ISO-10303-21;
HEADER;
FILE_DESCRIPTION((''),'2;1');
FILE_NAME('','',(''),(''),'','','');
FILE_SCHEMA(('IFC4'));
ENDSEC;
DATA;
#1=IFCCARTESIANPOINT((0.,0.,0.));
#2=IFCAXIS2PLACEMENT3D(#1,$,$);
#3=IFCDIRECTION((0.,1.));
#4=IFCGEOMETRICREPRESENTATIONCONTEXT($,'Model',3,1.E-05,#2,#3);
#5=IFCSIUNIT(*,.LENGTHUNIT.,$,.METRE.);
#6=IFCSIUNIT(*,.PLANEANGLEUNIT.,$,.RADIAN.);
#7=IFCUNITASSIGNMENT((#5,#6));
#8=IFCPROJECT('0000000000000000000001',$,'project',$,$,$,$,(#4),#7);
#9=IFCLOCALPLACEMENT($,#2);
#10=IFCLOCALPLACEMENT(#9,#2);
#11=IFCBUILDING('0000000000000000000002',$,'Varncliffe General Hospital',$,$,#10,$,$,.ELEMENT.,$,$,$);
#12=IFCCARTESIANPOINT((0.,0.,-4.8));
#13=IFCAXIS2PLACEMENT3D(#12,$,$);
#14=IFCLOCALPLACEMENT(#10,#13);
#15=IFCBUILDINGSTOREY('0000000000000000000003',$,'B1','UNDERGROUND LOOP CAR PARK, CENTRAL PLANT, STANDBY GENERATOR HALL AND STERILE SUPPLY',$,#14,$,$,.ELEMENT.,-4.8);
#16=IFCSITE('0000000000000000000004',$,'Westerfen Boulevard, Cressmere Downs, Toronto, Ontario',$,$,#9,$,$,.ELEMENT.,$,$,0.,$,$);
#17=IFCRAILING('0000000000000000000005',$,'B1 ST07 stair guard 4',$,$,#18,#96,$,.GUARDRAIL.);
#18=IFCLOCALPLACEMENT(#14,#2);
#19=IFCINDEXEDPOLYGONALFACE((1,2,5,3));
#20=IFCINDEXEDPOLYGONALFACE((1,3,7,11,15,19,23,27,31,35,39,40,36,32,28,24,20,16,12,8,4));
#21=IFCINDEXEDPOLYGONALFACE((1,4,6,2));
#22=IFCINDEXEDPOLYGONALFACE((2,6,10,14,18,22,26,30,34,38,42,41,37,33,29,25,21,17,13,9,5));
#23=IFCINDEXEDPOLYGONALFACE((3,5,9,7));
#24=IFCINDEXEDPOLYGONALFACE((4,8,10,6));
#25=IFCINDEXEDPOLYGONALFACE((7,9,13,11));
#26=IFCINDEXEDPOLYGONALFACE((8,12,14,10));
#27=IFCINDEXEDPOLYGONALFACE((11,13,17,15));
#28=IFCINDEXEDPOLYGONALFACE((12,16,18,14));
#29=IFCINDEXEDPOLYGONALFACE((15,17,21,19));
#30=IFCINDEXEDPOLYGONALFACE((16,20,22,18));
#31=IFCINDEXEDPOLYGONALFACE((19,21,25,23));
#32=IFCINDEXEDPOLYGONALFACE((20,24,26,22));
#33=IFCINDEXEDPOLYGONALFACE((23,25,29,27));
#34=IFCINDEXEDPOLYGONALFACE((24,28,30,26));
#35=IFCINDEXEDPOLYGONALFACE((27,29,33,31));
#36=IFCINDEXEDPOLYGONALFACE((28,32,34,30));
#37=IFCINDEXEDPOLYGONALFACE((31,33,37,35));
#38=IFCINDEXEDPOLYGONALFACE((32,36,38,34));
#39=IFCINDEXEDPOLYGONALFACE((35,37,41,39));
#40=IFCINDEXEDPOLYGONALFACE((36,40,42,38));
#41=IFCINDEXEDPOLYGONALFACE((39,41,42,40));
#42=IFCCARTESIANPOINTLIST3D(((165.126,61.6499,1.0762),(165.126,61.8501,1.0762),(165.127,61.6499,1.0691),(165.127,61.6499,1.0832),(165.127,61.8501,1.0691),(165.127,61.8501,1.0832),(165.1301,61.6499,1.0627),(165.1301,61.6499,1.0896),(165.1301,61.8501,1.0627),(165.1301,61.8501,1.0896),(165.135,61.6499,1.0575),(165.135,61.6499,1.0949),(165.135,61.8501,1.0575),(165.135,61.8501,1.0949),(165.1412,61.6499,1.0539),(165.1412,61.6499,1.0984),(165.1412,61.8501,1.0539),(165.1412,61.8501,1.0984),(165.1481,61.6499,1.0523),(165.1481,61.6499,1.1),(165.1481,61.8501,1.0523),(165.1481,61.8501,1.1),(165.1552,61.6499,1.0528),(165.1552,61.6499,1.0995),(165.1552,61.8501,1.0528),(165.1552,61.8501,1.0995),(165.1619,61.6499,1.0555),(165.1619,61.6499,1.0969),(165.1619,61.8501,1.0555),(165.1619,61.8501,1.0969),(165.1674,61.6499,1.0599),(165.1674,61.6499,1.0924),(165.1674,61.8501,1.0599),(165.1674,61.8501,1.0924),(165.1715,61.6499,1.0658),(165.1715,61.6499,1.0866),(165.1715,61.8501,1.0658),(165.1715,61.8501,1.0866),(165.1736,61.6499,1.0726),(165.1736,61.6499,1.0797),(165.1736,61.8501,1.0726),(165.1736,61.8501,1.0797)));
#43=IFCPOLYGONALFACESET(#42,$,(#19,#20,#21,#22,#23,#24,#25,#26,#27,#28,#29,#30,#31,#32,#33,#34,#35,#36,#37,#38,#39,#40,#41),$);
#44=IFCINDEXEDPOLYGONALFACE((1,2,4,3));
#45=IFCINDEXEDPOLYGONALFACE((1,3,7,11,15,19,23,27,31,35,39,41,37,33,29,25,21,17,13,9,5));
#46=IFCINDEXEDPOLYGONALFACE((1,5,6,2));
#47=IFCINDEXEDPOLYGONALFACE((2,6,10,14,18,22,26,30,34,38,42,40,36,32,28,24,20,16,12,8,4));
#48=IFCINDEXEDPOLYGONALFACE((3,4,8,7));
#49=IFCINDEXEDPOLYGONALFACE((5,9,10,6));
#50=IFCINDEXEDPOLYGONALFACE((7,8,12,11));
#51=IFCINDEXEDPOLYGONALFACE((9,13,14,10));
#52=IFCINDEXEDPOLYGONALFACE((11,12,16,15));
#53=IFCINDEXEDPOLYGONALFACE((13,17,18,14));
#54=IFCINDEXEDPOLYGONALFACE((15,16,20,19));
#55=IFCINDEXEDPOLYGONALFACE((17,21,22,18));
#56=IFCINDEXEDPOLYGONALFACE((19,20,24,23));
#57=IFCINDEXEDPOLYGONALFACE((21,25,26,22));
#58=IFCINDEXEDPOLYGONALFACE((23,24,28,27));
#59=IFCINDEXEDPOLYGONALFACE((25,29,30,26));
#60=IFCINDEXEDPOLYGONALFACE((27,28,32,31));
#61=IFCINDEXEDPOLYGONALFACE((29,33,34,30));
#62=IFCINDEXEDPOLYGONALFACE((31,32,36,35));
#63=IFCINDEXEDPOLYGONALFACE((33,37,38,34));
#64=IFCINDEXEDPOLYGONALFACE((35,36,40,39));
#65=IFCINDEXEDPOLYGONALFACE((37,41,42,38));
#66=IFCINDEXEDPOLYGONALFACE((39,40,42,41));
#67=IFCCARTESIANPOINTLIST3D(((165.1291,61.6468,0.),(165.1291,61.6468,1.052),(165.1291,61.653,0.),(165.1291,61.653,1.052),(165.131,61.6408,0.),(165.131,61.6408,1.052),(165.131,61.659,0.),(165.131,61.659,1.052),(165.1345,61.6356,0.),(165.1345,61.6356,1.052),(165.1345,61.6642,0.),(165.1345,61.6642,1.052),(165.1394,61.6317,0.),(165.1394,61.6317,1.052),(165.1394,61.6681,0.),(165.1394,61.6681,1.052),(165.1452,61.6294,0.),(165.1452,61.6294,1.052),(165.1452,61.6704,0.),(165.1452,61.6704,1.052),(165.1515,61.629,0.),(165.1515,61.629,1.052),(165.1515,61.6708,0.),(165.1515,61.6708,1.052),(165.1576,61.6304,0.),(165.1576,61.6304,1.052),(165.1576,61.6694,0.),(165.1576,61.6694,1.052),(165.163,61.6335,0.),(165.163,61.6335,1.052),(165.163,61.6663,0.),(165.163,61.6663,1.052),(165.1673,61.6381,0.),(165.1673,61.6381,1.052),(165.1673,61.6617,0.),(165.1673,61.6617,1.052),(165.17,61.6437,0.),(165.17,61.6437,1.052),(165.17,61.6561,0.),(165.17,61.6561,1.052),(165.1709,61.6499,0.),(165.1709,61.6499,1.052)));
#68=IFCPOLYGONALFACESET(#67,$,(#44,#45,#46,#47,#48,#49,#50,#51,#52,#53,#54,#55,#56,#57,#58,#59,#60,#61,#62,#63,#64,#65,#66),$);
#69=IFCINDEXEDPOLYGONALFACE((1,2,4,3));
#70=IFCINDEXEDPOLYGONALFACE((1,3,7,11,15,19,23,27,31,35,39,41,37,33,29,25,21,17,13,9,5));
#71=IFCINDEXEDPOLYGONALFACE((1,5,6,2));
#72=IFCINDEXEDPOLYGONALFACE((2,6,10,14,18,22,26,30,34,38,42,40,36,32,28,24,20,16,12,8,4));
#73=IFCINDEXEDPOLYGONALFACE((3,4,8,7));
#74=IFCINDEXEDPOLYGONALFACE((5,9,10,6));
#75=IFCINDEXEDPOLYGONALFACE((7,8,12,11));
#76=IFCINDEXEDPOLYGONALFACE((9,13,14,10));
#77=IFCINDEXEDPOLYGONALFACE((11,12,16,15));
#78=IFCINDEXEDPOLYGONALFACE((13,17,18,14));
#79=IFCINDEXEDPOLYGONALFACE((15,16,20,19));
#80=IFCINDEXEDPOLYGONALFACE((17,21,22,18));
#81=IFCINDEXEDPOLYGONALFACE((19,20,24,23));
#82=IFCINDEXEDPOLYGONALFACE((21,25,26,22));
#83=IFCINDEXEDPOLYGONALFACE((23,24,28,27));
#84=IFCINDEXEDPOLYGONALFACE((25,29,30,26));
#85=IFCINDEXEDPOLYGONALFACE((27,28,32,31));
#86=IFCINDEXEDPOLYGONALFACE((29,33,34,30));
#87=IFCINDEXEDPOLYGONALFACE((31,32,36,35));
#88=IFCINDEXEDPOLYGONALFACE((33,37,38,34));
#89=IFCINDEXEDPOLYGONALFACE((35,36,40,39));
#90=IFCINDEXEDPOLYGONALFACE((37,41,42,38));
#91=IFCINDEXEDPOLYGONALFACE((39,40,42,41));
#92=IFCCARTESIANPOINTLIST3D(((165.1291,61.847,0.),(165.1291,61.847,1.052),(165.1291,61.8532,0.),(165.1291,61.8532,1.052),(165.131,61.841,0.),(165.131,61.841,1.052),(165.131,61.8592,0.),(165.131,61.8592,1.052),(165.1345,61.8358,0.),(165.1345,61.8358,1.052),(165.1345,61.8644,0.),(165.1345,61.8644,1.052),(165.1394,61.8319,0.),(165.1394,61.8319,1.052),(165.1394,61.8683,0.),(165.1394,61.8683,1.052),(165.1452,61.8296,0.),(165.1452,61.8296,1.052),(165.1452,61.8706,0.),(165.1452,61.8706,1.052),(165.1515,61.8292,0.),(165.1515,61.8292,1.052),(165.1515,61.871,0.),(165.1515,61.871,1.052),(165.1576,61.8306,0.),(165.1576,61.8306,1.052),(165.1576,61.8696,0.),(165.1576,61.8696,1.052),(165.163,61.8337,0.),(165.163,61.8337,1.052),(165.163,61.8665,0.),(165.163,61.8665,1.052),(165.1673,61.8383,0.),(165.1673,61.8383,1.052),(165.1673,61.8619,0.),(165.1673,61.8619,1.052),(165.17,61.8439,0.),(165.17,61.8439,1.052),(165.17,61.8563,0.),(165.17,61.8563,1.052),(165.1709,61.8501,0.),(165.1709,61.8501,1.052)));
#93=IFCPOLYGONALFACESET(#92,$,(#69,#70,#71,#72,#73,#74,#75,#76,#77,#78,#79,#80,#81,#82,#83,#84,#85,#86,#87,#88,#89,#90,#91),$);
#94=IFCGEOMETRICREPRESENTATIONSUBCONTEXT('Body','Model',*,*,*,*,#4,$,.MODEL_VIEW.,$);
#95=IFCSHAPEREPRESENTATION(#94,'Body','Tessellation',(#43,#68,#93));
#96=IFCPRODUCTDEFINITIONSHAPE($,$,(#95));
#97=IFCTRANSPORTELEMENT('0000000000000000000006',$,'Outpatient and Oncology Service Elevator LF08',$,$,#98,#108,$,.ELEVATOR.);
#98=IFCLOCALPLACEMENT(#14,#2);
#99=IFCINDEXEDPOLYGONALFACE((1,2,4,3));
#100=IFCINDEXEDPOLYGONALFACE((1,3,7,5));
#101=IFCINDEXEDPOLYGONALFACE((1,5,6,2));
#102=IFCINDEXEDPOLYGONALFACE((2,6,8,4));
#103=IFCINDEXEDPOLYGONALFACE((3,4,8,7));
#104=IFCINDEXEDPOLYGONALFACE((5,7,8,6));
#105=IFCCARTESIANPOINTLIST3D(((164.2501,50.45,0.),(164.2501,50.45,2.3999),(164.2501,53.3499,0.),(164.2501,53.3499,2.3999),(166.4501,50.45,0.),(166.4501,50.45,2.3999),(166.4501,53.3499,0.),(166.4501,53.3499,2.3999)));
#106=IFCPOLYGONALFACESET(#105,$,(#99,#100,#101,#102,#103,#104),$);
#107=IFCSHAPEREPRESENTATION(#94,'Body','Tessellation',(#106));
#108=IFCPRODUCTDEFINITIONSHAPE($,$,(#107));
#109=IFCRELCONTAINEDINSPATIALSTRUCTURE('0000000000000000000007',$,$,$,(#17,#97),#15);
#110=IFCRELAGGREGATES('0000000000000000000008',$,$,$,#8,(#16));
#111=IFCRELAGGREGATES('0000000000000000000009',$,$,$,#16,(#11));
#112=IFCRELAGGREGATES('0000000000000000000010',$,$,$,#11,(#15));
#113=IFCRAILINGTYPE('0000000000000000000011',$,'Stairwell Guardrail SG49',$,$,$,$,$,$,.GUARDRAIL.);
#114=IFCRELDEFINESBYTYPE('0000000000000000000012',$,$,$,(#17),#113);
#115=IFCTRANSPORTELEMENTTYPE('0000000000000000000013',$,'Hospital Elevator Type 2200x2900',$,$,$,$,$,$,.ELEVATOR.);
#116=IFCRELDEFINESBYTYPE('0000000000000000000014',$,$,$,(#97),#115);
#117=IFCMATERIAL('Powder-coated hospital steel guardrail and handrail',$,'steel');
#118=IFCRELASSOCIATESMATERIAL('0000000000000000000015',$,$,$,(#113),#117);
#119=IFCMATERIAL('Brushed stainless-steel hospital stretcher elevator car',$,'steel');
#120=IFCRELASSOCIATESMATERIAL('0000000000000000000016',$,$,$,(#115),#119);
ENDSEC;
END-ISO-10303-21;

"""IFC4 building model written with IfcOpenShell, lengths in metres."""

from ifc_helpers import new_model, si_unit, direction, frame, origin, origin_2d, place, context, subcontext, project, spatial, rectangle, circle, extrude, material, type_object, element, save


model = new_model("IFC4")

# Units and contexts
model_context = context("Model", 3, precision=1e-05, world=origin(), true_north=direction((0.0, 1.0)))
body_context = subcontext(model_context, "Body", "Model", "MODEL_VIEW")
ifc_project = project(units=[si_unit("LENGTHUNIT", "METRE"), si_unit("PLANEANGLEUNIT", "RADIAN")], contexts=[model_context])

# Site, building, storey
site_placement = place(None, origin())
site = spatial("IfcSite", under=ifc_project, at=site_placement, Name="Westerfen Boulevard, Cressmere Downs, Toronto, Ontario", CompositionType="ELEMENT", RefElevation=0.0)
building_placement = place(site_placement, origin())
building = spatial("IfcBuilding", under=site, at=building_placement, Name="Varncliffe General Hospital", CompositionType="ELEMENT")
storey_placement = place(building_placement, frame((0.0, 0.0, -4.8)))
storey = spatial("IfcBuildingStorey", under=building, at=storey_placement, Name="B1", Description="UNDERGROUND LOOP CAR PARK, CENTRAL PLANT, STANDBY GENERATOR HALL AND STERILE SUPPLY", CompositionType="ELEMENT", Elevation=-4.8)

# Railing
ifc_material_1 = material(Name="Powder-coated hospital steel guardrail and handrail", Category="steel")
railing_type_1 = type_object("IfcRailingType", Name="Stairwell Guardrail SG49", PredefinedType="GUARDRAIL", material=ifc_material_1)
railing_1_placement = place(storey_placement, frame((165.1499, 61.6499, 0.0)))
element("IfcRailing", 1, at=railing_1_placement, inside=storey, type_object=railing_type_1, Name="B1 ST07 stair guard 4", PredefinedType="GUARDRAIL", context=body_context, shape_type="SweptSolid", body=[
    extrude(circle(Radius=0.0239, at=origin_2d()), frame((0.0, 0.0, 1.0762), z_axis=(0.0, 1.0, 0.0), x_axis=(-1.0, 0.0, 0.0)), (0.0, 0.0, 1.0), 0.2002),
    extrude(circle(Radius=0.021, at=origin_2d()), origin(), (0.0, 0.0, 1.0), 1.052),
    extrude(circle(Radius=0.021, at=origin_2d()), frame((0.0, 0.2002, 0.0)), (0.0, 0.0, 1.0), 1.052),
])

# Transport element
ifc_material_2 = material(Name="Brushed stainless-steel hospital stretcher elevator car", Category="steel")
transport_element_type = type_object("IfcTransportElementType", Name="Hospital Elevator Type 2200x2900", PredefinedType="ELEVATOR", material=ifc_material_2)
transport_element_placement = place(storey_placement, frame((165.3501, 51.8999, 0.0), z_axis=(0.0, 0.0, 1.0), x_axis=(1.0, 0.0, 0.0)))
element("IfcTransportElement", 2, at=transport_element_placement, inside=storey, type_object=transport_element_type, Name="Outpatient and Oncology Service Elevator LF08", PredefinedType="ELEVATOR", context=body_context, shape_type="SweptSolid", body=[
    extrude(rectangle(XDim=2.2, YDim=2.8999, at=origin_2d()), origin(), (0.0, 0.0, 1.0), 2.3999),
])

save(model, "model.ifc")
